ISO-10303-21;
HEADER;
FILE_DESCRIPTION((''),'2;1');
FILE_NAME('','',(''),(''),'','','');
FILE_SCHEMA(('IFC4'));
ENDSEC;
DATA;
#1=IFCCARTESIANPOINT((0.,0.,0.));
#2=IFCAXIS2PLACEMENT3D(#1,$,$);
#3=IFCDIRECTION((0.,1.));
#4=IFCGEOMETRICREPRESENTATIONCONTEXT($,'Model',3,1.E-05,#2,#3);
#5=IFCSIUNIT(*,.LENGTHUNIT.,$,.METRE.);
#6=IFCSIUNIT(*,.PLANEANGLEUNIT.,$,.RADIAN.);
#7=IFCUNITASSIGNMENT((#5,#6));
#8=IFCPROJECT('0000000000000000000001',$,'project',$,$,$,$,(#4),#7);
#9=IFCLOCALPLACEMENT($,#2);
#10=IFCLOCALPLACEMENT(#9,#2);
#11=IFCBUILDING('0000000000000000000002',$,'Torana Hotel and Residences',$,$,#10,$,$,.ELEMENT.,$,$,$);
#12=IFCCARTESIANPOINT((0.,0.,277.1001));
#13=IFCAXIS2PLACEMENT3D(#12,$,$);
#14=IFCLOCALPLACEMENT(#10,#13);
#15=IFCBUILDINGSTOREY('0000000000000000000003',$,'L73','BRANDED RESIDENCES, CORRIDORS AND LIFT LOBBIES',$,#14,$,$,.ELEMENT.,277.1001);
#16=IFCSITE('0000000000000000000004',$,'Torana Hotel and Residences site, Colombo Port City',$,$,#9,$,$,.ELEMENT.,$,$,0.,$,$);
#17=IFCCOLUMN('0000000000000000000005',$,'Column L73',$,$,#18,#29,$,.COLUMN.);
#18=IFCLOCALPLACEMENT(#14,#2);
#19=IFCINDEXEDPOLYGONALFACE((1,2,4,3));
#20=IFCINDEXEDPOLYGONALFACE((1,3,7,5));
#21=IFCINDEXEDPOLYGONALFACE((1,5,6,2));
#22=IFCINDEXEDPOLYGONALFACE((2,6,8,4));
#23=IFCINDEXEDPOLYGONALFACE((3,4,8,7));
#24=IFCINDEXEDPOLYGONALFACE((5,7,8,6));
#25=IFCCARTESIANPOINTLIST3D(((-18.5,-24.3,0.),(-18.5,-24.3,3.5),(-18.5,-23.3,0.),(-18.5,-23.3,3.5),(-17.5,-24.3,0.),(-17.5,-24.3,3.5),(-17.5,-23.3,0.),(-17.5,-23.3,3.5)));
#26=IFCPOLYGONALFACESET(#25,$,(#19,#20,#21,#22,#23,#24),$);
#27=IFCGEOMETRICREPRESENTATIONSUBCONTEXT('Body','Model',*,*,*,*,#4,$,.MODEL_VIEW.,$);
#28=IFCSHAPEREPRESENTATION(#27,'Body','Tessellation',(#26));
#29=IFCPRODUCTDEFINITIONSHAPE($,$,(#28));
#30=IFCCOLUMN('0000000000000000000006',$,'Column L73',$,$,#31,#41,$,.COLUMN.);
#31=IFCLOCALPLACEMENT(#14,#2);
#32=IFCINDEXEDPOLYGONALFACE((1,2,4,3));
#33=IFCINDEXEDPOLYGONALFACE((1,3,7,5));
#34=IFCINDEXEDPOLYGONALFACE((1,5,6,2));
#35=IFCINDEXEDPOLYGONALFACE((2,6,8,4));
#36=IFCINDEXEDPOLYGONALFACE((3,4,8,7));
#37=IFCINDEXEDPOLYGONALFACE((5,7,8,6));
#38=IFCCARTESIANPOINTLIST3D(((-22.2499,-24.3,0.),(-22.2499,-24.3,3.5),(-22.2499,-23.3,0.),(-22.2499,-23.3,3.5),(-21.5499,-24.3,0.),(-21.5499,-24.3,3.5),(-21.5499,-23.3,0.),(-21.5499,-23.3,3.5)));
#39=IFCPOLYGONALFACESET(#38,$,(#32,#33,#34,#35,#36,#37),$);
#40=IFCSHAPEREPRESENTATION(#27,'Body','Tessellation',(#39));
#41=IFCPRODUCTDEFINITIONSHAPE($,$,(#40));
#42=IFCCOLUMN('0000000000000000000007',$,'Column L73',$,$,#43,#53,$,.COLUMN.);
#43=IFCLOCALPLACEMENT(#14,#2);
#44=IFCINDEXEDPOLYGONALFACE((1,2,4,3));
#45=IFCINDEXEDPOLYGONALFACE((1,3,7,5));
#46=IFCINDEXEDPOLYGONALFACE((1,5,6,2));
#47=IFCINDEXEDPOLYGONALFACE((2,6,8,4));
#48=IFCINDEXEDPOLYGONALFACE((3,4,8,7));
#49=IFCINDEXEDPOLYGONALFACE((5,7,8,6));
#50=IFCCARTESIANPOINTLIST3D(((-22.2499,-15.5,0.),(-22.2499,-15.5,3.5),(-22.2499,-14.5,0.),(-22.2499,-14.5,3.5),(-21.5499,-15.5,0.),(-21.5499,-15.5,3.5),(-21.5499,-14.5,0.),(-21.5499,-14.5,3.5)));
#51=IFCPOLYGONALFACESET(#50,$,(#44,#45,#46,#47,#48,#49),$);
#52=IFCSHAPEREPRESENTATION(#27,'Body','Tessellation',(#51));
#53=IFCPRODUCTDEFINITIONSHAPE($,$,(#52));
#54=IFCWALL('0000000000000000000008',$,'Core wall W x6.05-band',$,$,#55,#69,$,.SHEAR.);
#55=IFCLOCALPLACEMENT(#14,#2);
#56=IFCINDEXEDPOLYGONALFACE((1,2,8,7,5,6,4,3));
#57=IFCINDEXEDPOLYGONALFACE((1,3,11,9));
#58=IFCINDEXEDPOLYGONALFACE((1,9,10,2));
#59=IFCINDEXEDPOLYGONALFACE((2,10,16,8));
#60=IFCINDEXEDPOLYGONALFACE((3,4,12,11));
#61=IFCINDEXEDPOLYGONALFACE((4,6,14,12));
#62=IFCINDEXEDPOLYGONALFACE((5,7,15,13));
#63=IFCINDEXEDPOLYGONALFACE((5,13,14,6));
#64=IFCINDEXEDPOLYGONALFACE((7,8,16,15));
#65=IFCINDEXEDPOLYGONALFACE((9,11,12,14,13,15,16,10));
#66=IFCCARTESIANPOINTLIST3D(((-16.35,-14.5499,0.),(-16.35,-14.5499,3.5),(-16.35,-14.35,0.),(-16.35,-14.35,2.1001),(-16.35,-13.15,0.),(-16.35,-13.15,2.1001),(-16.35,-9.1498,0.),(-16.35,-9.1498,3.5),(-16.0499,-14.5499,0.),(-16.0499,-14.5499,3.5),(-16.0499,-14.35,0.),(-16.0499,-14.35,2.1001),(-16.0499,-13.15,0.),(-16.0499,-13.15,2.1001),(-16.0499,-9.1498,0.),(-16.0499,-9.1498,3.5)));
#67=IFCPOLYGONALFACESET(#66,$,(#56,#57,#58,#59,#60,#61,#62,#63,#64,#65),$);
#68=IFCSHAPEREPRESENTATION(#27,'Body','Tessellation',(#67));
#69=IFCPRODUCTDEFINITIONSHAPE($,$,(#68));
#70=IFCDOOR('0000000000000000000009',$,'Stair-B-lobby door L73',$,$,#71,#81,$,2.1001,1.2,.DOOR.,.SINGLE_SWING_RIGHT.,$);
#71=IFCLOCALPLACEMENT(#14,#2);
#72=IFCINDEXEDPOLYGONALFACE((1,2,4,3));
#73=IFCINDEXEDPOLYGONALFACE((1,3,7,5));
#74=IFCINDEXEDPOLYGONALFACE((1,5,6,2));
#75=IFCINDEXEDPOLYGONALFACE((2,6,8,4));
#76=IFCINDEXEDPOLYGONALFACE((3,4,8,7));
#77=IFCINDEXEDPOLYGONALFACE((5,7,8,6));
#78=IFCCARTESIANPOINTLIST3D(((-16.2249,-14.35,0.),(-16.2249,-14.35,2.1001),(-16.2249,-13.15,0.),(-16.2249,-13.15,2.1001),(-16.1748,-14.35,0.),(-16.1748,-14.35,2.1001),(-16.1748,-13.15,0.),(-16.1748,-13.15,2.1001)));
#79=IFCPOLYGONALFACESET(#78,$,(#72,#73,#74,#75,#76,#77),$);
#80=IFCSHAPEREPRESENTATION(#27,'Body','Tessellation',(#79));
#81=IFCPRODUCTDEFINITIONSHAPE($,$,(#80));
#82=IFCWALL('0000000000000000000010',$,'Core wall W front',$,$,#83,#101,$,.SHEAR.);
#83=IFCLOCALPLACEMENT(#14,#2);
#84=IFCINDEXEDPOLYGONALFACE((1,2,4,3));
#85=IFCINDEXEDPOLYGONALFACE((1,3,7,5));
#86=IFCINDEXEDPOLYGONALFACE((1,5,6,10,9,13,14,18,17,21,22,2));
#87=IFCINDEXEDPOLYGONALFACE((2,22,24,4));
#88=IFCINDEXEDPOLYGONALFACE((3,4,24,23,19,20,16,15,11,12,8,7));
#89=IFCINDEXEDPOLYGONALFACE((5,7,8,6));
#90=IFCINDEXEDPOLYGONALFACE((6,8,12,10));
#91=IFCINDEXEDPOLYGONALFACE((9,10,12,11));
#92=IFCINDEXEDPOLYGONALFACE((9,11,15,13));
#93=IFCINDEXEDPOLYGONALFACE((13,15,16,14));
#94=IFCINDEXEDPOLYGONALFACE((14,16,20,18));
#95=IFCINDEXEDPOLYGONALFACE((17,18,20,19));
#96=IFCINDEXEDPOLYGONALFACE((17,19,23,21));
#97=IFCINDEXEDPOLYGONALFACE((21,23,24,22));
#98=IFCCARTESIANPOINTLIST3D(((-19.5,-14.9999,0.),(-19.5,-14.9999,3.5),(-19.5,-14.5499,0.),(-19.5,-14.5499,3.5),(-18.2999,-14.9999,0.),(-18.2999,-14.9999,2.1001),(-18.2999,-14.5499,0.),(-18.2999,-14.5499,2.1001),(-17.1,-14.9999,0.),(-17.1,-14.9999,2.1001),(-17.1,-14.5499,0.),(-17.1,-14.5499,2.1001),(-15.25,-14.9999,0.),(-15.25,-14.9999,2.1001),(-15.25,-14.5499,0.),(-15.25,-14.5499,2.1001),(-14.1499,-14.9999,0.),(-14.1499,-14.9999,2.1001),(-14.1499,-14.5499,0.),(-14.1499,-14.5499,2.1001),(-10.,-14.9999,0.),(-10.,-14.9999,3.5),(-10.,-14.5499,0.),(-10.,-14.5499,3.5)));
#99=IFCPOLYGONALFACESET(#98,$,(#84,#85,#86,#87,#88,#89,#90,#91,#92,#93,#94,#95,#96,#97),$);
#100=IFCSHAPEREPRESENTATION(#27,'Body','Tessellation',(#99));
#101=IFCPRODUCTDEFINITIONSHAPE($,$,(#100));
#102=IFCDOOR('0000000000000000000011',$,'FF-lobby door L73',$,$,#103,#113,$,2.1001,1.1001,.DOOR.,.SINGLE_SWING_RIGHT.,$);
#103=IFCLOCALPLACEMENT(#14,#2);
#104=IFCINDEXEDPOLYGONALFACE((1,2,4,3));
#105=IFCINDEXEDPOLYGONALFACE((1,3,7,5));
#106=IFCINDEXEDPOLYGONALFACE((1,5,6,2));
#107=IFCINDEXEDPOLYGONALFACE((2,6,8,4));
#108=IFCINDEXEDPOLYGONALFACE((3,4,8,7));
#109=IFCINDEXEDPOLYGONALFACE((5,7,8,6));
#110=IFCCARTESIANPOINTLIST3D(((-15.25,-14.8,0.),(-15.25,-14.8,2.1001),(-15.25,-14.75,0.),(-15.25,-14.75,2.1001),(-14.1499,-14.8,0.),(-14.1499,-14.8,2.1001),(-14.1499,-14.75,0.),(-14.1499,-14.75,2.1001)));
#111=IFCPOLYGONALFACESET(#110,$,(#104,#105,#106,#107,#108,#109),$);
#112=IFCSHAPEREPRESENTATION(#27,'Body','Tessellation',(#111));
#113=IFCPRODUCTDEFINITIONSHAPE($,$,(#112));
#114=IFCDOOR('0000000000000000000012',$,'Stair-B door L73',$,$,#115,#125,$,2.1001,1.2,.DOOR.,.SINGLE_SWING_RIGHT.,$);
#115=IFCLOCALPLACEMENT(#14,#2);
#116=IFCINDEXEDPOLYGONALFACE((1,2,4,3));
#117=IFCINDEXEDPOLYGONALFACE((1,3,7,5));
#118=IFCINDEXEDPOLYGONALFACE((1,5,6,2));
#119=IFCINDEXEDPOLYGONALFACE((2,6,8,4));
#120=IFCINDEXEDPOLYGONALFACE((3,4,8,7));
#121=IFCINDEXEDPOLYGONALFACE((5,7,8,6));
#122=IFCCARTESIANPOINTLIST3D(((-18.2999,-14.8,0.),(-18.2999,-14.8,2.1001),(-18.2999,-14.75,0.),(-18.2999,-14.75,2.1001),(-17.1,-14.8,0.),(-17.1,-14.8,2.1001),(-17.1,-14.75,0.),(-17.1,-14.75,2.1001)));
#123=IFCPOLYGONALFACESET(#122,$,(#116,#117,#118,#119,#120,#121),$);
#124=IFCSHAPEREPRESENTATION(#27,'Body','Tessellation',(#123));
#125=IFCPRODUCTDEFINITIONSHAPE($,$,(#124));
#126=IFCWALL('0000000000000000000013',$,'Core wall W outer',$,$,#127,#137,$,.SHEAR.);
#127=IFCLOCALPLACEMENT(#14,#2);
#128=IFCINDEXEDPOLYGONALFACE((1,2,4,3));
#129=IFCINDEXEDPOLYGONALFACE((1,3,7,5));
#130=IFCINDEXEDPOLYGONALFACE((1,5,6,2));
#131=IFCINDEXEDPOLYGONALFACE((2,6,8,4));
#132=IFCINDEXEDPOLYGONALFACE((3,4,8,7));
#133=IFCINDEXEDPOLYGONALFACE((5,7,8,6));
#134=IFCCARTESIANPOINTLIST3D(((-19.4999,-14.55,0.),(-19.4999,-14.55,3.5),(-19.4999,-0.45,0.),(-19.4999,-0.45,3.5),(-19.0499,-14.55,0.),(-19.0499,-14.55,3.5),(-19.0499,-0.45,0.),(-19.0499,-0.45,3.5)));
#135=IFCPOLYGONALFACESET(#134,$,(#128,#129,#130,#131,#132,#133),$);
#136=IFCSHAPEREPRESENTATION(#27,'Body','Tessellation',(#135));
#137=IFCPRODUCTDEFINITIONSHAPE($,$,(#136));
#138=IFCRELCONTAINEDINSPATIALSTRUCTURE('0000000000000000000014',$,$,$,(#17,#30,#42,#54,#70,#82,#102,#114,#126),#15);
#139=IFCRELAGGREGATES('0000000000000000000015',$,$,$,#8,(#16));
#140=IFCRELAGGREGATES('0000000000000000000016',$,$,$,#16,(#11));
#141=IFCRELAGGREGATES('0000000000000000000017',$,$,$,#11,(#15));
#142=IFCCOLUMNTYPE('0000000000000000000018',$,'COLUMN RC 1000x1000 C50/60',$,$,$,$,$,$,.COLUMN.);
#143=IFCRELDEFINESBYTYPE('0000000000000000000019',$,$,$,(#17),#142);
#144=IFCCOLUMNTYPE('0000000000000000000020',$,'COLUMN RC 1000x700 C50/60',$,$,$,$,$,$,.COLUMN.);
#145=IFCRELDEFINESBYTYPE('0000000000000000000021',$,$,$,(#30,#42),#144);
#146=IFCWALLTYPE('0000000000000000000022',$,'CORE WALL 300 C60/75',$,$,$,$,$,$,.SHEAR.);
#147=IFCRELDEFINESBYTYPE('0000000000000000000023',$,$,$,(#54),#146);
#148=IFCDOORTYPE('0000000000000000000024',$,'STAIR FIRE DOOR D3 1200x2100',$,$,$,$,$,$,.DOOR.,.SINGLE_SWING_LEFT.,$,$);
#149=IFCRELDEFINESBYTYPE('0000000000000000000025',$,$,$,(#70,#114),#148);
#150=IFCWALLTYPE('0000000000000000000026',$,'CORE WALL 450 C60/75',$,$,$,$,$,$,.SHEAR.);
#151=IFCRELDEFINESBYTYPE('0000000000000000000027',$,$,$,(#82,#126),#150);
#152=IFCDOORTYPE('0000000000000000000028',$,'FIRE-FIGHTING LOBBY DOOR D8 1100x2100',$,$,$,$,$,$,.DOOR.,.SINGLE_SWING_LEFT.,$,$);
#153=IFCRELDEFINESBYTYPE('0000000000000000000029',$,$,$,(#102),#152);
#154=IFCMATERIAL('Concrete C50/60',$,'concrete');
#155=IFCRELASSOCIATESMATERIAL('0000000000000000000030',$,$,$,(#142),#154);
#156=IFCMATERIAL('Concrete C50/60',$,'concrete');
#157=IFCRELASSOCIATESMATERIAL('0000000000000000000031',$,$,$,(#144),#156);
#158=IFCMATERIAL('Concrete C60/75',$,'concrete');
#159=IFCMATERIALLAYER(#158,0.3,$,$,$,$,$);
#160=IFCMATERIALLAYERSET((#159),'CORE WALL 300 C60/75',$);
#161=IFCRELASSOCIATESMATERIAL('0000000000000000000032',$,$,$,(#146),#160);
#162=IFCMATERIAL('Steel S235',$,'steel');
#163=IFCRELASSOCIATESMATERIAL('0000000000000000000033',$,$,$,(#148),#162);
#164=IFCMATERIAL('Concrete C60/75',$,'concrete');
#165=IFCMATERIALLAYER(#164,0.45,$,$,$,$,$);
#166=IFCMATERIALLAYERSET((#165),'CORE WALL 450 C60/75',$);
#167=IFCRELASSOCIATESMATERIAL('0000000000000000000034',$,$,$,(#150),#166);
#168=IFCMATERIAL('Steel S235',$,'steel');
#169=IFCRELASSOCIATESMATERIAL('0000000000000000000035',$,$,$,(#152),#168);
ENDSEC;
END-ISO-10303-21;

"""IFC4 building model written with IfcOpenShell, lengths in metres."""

from ifc_helpers import new_model, si_unit, direction, frame, frame_2d, origin, origin_2d, place, context, subcontext, project, spatial, rectangle, extrude, material, layer, layer_set, material_profile, profile_set, type_object, element, fill, save


model = new_model("IFC4")

# Units and contexts
model_context = context("Model", 3, precision=1e-05, world=origin(), true_north=direction((0.0, 1.0)))
body_context = subcontext(model_context, "Body", "Model", "MODEL_VIEW")
ifc_project = project(units=[si_unit("LENGTHUNIT", "METRE"), si_unit("PLANEANGLEUNIT", "RADIAN")], contexts=[model_context])

# Site, building, storey
site_placement = place(None, origin())
site = spatial("IfcSite", under=ifc_project, at=site_placement, Name="Torana Hotel and Residences site, Colombo Port City", CompositionType="ELEMENT", RefElevation=0.0)
building_placement = place(site_placement, origin())
building = spatial("IfcBuilding", under=site, at=building_placement, Name="Torana Hotel and Residences", CompositionType="ELEMENT")
storey_placement = place(building_placement, frame((0.0, 0.0, 277.1001)))
storey = spatial("IfcBuildingStorey", under=building, at=storey_placement, Name="L73", Description="BRANDED RESIDENCES, CORRIDORS AND LIFT LOBBIES", CompositionType="ELEMENT", Elevation=277.1001)

# Columns
ifc_material_1 = material(Name="Concrete C50/60", Category="concrete")
ifc_material_profile_1 = material_profile(ifc_material_1, rectangle(XDim=1.0, YDim=1.0, at=origin_2d()), Name="RC 1000x1000")
ifc_profile_set_1 = profile_set([ifc_material_profile_1], Name="Concrete C50/60")
column_type_1 = type_object("IfcColumnType", Name="COLUMN RC 1000x1000 C50/60", PredefinedType="COLUMN", material=ifc_profile_set_1)
column_placement = place(storey_placement, frame((-18.0, -23.8, 0.0), z_axis=(0.0, 0.0, 1.0), x_axis=(1.0, 0.0, 0.0)))
element("IfcColumn", 1, at=column_placement, inside=storey, type_object=column_type_1, Name="Column L73", PredefinedType="COLUMN", context=body_context, shape_type="SweptSolid", body=[
    extrude(rectangle(XDim=1.0, YDim=1.0, at=origin_2d()), origin(), (0.0, 0.0, 1.0), 3.5),
])
ifc_material_2 = material(Name="Concrete C50/60", Category="concrete")
ifc_material_profile_2 = material_profile(ifc_material_2, rectangle(XDim=1.0, YDim=0.7, at=origin_2d()), Name="RC 1000x700")
ifc_profile_set_2 = profile_set([ifc_material_profile_2], Name="Concrete C50/60")
column_type_2 = type_object("IfcColumnType", Name="COLUMN RC 1000x700 C50/60", PredefinedType="COLUMN", material=ifc_profile_set_2)
for number, where, z_axis, x_axis, name in (
    (2, (-21.8999, -23.8, 0.0), (0.0, 0.0, 1.0), (0.0, 1.0, 0.0), "Column L73"),
    (3, (-21.8999, -15.0, 0.0), (0.0, 0.0, 1.0), (0.0, 1.0, 0.0), "Column L73"),
):
    element("IfcColumn", number, at=place(storey_placement, frame(where, z_axis=z_axis, x_axis=x_axis)), inside=storey, type_object=column_type_2, Name=name, PredefinedType="COLUMN", context=body_context, shape_type="SweptSolid", body=[
        extrude(rectangle(XDim=1.0, YDim=0.7, at=origin_2d()), origin(), (0.0, 0.0, 1.0), 3.5),
    ])

# Wall, opening, door
ifc_material_3 = material(Name="Concrete C60/75", Category="concrete")
ifc_layer_1 = layer(ifc_material_3, 0.3)
ifc_layer_set_1 = layer_set([ifc_layer_1], Name="CORE WALL 300 C60/75")
wall_type_1 = type_object("IfcWallType", Name="CORE WALL 300 C60/75", PredefinedType="SHEAR", material=ifc_layer_set_1)
wall_1_placement = place(storey_placement, frame((-16.2, -14.55, 0.0), z_axis=(0.0, 0.0, 1.0), x_axis=(0.0, 1.0, 0.0)))
wall_1 = element("IfcWall", 4, at=wall_1_placement, inside=storey, type_object=wall_type_1, Name="Core wall W x6.05-band", PredefinedType="SHEAR", context=body_context, shape_type="SweptSolid", body=[
    extrude(rectangle(XDim=5.4001, YDim=0.3, at=frame_2d((2.7002, 0.0))), origin(), (0.0, 0.0, 1.0), 3.5),
])
opening_1_placement = place(wall_1_placement, frame((0.2, 0.0, 0.0)))
opening_1 = element("IfcOpeningElement", 5, at=opening_1_placement, cuts=wall_1, PredefinedType="OPENING", context=body_context, shape_type="SweptSolid", body=[
    extrude(rectangle(XDim=1.2, YDim=2.1001, at=frame_2d((0.6001, 1.05))), frame((0.0, 0.1599, 0.0), z_axis=(0.0, -1.0, 0.0), x_axis=(1.0, 0.0, 0.0)), (0.0, 0.0, 1.0), 0.3201),
])
ifc_material_4 = material(Name="Steel S235", Category="steel")
door_type_1 = type_object("IfcDoorType", Name="STAIR FIRE DOOR D3 1200x2100", OperationType="SINGLE_SWING_LEFT", PredefinedType="DOOR", material=ifc_material_4)
door_1_placement = place(opening_1_placement, origin())
door_1 = element("IfcDoor", 6, at=door_1_placement, inside=storey, type_object=door_type_1, Name="Stair-B-lobby door L73", OperationType="SINGLE_SWING_RIGHT", OverallHeight=2.1001, OverallWidth=1.2, PredefinedType="DOOR", context=body_context, shape_type="SweptSolid", body=[
    extrude(rectangle(XDim=1.2, YDim=2.1001, at=frame_2d((0.6001, 1.05))), frame((0.0, 0.0249, 0.0), z_axis=(0.0, -1.0, 0.0), x_axis=(1.0, 0.0, 0.0)), (0.0, 0.0, 1.0), 0.05),
])
fill(opening_1, door_1)

# Wall, openings, doors
ifc_material_5 = material(Name="Concrete C60/75", Category="concrete")
ifc_layer_2 = layer(ifc_material_5, 0.45)
ifc_layer_set_2 = layer_set([ifc_layer_2], Name="CORE WALL 450 C60/75")
wall_type_2 = type_object("IfcWallType", Name="CORE WALL 450 C60/75", PredefinedType="SHEAR", material=ifc_layer_set_2)
wall_2_placement = place(storey_placement, frame((-19.5, -14.7749, 0.0), z_axis=(0.0, 0.0, 1.0), x_axis=(1.0, 0.0, 0.0)))
wall_2 = element("IfcWall", 7, at=wall_2_placement, inside=storey, type_object=wall_type_2, Name="Core wall W front", PredefinedType="SHEAR", context=body_context, shape_type="SweptSolid", body=[
    extrude(rectangle(XDim=9.5, YDim=0.45, at=frame_2d((4.75, 0.0))), origin(), (0.0, 0.0, 1.0), 3.5),
])
opening_2_placement = place(wall_2_placement, frame((1.2, 0.0, 0.0)))
opening_2 = element("IfcOpeningElement", 8, at=opening_2_placement, cuts=wall_2, PredefinedType="OPENING", context=body_context, shape_type="SweptSolid", body=[
    extrude(rectangle(XDim=1.2, YDim=2.1001, at=frame_2d((0.6001, 1.05))), frame((0.0, 0.2349, 0.0), z_axis=(0.0, -1.0, 0.0), x_axis=(1.0, 0.0, 0.0)), (0.0, 0.0, 1.0), 0.47),
])
opening_3_placement = place(wall_2_placement, frame((4.25, 0.0, 0.0)))
opening_3 = element("IfcOpeningElement", 9, at=opening_3_placement, cuts=wall_2, PredefinedType="OPENING", context=body_context, shape_type="SweptSolid", body=[
    extrude(rectangle(XDim=1.1001, YDim=2.1001, at=frame_2d((0.55, 1.05))), frame((0.0, 0.2349, 0.0), z_axis=(0.0, -1.0, 0.0), x_axis=(1.0, 0.0, 0.0)), (0.0, 0.0, 1.0), 0.47),
])
ifc_material_6 = material(Name="Steel S235", Category="steel")
door_type_2 = type_object("IfcDoorType", Name="FIRE-FIGHTING LOBBY DOOR D8 1100x2100", OperationType="SINGLE_SWING_LEFT", PredefinedType="DOOR", material=ifc_material_6)
door_2_placement = place(opening_3_placement, origin())
door_2 = element("IfcDoor", 10, at=door_2_placement, inside=storey, type_object=door_type_2, Name="FF-lobby door L73", OperationType="SINGLE_SWING_RIGHT", OverallHeight=2.1001, OverallWidth=1.1001, PredefinedType="DOOR", context=body_context, shape_type="SweptSolid", body=[
    extrude(rectangle(XDim=1.1001, YDim=2.1001, at=frame_2d((0.55, 1.05))), frame((0.0, 0.0249, 0.0), z_axis=(0.0, -1.0, 0.0), x_axis=(1.0, 0.0, 0.0)), (0.0, 0.0, 1.0), 0.05),
])
fill(opening_3, door_2)
door_3_placement = place(opening_2_placement, origin())
door_3 = element("IfcDoor", 11, at=door_3_placement, inside=storey, type_object=door_type_1, Name="Stair-B door L73", OperationType="SINGLE_SWING_RIGHT", OverallHeight=2.1001, OverallWidth=1.2, PredefinedType="DOOR", context=body_context, shape_type="SweptSolid", body=[
    extrude(rectangle(XDim=1.2, YDim=2.1001, at=frame_2d((0.6001, 1.05))), frame((0.0, 0.0249, 0.0), z_axis=(0.0, -1.0, 0.0), x_axis=(1.0, 0.0, 0.0)), (0.0, 0.0, 1.0), 0.05),
])
fill(opening_2, door_3)

# Wall
wall_3_placement = place(storey_placement, frame((-19.2749, -14.55, 0.0), z_axis=(0.0, 0.0, 1.0), x_axis=(0.0, 1.0, 0.0)))
element("IfcWall", 12, at=wall_3_placement, inside=storey, type_object=wall_type_2, Name="Core wall W outer", PredefinedType="SHEAR", context=body_context, shape_type="SweptSolid", body=[
    extrude(rectangle(XDim=14.1001, YDim=0.45, at=frame_2d((7.05, 0.0))), origin(), (0.0, 0.0, 1.0), 3.5),
])

save(model, "model.ifc")
